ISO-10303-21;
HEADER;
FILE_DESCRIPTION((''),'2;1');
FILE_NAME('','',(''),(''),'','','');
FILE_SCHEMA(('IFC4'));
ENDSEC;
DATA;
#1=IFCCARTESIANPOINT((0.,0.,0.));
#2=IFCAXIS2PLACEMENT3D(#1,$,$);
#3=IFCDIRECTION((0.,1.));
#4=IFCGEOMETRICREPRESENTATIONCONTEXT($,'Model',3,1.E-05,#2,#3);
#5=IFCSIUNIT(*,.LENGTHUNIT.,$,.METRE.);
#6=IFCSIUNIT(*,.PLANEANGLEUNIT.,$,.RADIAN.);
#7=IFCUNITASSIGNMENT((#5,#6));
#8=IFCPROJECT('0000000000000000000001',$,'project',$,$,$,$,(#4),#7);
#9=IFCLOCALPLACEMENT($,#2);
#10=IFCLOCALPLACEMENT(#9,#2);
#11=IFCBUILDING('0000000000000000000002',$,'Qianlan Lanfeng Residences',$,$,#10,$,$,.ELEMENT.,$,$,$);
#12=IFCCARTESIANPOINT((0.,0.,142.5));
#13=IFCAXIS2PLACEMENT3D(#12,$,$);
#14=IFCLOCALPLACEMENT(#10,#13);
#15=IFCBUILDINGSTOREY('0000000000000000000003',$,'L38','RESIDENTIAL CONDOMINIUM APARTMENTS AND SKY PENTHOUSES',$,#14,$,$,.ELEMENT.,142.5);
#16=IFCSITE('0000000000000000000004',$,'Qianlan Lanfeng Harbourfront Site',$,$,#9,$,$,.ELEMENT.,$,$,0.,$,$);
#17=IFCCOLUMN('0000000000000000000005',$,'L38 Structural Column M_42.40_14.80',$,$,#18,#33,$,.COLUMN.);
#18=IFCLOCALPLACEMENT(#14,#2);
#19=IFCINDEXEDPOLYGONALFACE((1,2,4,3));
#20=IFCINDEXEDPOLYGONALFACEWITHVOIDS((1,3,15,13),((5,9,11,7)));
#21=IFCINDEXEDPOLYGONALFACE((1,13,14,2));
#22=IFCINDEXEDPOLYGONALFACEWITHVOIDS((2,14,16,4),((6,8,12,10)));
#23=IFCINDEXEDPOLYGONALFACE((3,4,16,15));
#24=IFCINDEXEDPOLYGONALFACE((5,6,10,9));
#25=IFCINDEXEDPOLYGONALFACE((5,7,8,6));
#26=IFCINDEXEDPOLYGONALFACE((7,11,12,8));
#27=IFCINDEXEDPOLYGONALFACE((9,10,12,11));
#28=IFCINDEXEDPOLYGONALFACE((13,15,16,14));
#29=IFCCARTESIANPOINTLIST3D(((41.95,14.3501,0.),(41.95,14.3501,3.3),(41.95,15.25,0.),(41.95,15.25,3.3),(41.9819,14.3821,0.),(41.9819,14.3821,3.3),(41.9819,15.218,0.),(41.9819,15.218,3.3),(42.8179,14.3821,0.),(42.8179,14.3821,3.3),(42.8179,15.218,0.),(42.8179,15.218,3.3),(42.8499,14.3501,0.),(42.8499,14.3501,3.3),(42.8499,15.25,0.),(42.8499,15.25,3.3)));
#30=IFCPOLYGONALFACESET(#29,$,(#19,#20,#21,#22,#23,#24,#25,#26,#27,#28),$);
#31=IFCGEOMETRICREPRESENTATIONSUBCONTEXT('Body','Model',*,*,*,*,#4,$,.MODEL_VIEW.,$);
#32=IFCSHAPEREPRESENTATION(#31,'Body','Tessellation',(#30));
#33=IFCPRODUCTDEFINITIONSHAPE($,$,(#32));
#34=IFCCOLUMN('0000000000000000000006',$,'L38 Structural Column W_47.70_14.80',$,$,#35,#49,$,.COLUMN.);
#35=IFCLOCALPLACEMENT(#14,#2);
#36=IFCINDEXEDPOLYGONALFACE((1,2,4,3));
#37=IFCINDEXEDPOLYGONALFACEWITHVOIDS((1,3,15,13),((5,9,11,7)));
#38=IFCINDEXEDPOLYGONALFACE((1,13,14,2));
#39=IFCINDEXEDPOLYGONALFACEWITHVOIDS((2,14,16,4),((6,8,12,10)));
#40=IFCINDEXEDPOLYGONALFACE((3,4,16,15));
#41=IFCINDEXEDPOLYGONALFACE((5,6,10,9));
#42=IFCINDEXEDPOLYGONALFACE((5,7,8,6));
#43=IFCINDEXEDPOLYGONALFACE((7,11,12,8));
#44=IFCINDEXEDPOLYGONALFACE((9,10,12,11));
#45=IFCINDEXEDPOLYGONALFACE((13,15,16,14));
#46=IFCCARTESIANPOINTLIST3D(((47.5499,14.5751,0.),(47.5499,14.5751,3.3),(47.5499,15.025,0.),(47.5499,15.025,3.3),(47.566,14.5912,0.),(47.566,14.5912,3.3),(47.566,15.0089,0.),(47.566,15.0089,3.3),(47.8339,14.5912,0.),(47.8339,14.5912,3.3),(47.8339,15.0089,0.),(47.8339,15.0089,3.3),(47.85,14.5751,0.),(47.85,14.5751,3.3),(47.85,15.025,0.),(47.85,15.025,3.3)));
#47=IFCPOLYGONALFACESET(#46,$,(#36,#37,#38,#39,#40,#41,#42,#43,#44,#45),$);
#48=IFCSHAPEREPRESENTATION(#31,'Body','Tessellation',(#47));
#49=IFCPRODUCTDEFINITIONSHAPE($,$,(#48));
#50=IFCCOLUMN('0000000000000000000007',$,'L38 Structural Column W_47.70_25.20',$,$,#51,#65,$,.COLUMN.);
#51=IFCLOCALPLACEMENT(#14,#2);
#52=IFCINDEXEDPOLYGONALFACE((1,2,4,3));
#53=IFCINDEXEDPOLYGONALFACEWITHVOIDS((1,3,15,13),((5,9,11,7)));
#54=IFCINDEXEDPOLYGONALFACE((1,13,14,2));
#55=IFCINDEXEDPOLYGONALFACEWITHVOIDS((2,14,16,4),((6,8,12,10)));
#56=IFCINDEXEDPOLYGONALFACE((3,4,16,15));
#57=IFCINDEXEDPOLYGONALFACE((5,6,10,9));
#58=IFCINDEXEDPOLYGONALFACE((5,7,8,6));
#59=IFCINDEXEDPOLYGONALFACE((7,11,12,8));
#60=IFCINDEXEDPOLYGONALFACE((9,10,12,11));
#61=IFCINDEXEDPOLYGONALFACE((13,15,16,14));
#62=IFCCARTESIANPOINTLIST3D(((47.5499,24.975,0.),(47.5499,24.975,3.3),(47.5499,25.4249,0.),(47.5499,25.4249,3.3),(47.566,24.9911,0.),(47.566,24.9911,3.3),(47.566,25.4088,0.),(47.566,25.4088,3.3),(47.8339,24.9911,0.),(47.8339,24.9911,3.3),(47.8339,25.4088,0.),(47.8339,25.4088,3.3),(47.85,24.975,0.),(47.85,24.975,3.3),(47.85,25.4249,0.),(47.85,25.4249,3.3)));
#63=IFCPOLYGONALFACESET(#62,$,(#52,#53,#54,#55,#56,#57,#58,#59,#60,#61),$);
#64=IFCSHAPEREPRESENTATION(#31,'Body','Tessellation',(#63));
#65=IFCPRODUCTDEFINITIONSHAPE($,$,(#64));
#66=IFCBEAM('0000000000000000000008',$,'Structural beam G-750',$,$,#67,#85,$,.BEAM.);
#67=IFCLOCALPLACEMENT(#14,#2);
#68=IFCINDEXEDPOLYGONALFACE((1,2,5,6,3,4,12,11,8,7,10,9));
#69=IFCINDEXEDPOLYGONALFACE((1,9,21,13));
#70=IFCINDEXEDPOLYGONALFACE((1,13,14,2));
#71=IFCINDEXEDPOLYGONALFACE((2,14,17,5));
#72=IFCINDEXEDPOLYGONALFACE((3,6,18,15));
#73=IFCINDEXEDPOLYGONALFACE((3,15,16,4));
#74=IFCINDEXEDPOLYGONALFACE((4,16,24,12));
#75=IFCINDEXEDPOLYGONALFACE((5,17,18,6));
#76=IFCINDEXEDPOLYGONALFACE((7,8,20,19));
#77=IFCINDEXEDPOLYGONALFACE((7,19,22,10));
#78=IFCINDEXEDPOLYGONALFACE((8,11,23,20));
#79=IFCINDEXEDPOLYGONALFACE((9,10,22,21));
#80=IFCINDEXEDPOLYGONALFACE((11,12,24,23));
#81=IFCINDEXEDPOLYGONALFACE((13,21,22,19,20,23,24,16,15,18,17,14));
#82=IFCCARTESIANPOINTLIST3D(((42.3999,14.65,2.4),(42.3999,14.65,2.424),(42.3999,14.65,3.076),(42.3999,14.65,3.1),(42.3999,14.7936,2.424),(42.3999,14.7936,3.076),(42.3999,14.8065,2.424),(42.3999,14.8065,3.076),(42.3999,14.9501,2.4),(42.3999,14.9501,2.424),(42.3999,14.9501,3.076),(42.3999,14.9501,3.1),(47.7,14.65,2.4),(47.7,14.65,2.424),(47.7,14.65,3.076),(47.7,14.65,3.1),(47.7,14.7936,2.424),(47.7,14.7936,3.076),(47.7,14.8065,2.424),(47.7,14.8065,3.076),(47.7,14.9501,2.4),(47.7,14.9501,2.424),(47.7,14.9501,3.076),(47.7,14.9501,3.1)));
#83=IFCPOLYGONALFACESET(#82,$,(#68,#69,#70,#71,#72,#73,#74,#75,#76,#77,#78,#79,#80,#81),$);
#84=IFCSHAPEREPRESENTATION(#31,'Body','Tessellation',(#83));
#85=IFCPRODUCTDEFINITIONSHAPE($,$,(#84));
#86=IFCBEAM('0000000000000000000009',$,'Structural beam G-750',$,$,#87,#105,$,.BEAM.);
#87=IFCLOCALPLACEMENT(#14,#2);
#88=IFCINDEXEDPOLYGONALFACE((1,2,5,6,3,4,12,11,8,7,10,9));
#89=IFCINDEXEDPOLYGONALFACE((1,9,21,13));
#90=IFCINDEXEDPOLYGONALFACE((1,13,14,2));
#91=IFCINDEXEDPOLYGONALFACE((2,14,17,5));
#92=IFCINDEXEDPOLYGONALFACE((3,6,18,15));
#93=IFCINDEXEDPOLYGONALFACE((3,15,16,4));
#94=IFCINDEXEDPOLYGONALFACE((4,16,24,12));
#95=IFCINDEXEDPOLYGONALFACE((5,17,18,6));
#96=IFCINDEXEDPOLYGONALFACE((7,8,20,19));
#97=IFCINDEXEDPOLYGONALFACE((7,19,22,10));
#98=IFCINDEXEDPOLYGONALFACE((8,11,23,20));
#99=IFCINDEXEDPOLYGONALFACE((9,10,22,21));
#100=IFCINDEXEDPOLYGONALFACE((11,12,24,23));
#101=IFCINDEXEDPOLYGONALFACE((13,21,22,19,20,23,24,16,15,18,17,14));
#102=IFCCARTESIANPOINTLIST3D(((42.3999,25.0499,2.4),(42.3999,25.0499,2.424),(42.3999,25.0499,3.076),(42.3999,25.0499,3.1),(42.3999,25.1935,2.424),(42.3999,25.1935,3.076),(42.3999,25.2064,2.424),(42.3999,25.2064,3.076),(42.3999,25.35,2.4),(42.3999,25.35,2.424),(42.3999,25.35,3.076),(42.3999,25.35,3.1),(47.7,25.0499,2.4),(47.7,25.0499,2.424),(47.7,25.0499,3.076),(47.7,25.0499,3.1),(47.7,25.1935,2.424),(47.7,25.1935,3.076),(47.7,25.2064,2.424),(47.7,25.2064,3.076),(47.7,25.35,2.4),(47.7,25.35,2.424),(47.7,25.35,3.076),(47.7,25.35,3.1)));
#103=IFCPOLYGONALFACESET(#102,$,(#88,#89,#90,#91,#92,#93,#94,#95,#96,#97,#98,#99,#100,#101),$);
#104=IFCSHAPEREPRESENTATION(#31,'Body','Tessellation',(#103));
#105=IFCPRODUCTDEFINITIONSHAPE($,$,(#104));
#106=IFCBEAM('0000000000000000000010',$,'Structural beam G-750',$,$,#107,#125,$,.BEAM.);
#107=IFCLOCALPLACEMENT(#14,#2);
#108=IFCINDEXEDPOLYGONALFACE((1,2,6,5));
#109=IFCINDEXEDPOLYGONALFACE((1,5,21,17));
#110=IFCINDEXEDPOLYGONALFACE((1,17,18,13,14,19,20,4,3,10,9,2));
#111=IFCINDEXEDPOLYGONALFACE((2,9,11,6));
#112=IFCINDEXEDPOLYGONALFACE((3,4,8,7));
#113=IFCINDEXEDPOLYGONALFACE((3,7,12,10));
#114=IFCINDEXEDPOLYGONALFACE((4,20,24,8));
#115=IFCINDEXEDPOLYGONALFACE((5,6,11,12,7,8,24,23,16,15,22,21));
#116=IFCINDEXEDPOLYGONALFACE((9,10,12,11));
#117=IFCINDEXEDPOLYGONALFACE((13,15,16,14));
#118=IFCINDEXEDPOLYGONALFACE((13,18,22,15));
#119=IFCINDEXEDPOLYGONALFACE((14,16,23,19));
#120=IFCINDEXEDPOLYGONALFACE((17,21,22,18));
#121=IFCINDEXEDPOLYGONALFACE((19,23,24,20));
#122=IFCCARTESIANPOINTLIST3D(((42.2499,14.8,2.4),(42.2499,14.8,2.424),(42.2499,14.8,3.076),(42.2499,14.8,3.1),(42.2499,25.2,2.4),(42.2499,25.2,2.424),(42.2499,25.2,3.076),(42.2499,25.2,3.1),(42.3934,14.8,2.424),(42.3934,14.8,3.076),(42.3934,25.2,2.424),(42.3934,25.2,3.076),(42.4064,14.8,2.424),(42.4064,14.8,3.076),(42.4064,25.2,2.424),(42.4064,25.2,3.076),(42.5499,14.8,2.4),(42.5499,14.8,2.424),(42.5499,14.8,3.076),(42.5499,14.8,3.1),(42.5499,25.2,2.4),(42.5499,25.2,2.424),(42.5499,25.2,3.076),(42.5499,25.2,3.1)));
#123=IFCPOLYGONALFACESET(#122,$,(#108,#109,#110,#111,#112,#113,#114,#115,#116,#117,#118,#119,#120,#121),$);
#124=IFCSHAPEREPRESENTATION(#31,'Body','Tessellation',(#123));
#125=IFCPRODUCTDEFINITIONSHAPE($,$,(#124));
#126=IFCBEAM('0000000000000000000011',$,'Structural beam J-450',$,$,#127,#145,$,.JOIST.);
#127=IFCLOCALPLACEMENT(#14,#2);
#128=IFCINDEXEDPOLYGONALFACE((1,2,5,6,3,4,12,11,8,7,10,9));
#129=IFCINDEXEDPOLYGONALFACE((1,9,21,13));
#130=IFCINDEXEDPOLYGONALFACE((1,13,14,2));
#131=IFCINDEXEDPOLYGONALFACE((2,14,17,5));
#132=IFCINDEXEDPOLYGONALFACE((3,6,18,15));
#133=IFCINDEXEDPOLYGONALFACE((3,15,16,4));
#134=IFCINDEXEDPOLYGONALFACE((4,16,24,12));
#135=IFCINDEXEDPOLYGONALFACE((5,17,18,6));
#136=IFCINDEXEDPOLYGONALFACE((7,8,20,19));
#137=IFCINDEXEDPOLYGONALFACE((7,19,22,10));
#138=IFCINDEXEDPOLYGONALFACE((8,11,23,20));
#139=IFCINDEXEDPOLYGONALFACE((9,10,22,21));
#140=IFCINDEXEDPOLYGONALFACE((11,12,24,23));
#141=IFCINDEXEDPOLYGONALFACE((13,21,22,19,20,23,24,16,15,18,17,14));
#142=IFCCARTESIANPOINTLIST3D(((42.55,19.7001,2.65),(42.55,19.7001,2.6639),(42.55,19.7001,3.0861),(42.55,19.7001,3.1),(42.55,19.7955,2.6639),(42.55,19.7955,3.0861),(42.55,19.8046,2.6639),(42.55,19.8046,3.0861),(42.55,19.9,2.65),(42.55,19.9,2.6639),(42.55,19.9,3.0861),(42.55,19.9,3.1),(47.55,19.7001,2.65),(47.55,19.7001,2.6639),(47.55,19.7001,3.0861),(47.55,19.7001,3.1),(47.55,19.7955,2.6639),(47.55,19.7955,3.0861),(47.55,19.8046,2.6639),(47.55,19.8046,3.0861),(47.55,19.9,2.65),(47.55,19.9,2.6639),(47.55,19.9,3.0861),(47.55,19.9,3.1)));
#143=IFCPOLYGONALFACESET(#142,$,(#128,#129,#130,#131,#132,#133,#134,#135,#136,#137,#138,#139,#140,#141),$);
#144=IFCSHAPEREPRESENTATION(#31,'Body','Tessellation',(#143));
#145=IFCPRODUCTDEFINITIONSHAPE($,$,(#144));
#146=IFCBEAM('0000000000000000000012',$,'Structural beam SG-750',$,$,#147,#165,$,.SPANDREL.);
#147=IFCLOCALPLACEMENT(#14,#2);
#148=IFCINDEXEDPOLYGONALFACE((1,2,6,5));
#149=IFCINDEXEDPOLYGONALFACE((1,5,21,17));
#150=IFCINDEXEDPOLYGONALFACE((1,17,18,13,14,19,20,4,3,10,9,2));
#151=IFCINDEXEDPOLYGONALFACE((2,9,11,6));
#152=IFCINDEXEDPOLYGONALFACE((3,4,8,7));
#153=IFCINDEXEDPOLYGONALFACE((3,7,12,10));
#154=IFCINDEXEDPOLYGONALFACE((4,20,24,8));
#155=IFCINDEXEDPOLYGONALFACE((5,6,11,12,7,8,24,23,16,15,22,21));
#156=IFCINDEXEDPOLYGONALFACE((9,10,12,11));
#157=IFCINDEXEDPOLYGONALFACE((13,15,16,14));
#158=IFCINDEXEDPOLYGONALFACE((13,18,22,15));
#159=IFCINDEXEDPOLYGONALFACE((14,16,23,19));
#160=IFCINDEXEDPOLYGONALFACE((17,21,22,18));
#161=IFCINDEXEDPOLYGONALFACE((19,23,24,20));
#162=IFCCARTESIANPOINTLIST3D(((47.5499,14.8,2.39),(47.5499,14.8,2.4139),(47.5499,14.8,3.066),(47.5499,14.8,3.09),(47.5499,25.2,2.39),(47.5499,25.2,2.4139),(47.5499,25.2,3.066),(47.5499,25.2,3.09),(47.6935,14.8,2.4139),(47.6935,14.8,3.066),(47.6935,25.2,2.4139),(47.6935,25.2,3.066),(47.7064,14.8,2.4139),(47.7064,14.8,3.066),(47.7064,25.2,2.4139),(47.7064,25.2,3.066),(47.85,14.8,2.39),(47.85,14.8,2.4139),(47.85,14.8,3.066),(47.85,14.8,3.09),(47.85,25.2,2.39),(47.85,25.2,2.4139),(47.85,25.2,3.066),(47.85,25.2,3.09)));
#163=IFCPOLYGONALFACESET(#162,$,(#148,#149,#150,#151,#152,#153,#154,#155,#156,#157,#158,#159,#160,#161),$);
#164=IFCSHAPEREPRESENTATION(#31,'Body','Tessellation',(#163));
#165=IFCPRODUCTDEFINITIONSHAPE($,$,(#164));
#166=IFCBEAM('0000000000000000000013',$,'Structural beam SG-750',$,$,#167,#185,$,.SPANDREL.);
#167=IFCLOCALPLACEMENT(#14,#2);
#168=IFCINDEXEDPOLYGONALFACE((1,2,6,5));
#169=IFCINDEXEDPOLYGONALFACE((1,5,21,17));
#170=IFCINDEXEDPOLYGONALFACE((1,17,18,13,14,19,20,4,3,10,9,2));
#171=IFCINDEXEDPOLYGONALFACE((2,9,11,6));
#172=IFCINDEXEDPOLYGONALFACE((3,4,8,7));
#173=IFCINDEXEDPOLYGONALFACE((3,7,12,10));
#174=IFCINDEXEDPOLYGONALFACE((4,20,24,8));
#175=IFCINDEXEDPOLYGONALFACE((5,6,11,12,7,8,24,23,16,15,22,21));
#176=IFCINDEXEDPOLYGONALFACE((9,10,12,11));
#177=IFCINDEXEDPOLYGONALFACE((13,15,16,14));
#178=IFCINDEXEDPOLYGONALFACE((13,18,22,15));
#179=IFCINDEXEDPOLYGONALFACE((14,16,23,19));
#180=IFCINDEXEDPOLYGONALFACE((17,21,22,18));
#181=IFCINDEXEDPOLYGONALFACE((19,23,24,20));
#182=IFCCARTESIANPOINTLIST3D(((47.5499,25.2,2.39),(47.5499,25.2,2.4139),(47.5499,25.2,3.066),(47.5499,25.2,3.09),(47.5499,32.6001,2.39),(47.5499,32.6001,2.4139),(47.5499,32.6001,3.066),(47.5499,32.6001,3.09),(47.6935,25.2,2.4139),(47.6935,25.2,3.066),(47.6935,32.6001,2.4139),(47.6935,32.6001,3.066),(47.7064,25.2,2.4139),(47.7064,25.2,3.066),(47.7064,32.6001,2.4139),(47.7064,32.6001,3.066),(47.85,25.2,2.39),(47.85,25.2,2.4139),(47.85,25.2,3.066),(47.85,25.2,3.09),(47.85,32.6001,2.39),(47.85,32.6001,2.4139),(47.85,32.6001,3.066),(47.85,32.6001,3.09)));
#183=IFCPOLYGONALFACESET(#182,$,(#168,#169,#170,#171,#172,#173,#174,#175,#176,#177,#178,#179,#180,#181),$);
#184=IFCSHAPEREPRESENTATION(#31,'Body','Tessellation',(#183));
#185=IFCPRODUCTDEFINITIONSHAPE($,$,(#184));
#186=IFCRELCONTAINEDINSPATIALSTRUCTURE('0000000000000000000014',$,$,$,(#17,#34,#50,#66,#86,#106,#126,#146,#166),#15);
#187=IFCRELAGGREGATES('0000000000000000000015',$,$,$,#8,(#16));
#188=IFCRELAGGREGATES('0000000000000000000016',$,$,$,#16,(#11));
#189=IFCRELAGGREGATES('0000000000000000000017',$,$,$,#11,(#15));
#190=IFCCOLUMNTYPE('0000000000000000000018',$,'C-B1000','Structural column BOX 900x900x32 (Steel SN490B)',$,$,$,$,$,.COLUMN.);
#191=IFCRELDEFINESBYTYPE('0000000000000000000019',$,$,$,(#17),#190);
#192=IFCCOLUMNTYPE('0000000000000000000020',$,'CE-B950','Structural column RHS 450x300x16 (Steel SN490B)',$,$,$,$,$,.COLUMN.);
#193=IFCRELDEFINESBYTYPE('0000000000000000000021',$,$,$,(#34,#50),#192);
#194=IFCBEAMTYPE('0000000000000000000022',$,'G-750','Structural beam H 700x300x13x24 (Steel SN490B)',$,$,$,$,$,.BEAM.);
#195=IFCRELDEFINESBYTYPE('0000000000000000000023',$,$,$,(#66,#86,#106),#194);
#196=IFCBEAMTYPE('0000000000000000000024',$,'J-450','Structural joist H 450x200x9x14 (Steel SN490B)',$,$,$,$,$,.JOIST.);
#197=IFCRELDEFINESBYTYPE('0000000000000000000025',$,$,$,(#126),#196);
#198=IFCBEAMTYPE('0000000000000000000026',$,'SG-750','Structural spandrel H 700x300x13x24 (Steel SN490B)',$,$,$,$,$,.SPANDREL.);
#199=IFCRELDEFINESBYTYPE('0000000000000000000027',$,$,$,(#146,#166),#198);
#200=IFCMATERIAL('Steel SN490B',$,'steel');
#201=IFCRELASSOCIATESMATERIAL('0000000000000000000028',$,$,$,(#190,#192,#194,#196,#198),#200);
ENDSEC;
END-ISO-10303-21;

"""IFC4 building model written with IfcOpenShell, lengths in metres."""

from ifc_helpers import new_model, si_unit, direction, frame, origin, origin_2d, place, context, subcontext, project, spatial, hollow_rectangle, i_section, extrude, material, material_profile, profile_set, type_object, element, save


model = new_model("IFC4")

# Units and contexts
model_context = context("Model", 3, precision=1e-05, world=origin(), true_north=direction((0.0, 1.0)))
body_context = subcontext(model_context, "Body", "Model", "MODEL_VIEW")
ifc_project = project(units=[si_unit("LENGTHUNIT", "METRE"), si_unit("PLANEANGLEUNIT", "RADIAN")], contexts=[model_context])

# Site, building, storey
site_placement = place(None, origin())
site = spatial("IfcSite", under=ifc_project, at=site_placement, Name="Qianlan Lanfeng Harbourfront Site", CompositionType="ELEMENT", RefElevation=0.0)
building_placement = place(site_placement, origin())
building = spatial("IfcBuilding", under=site, at=building_placement, Name="Qianlan Lanfeng Residences", CompositionType="ELEMENT")
storey_placement = place(building_placement, frame((0.0, 0.0, 142.5)))
storey = spatial("IfcBuildingStorey", under=building, at=storey_placement, Name="L38", Description="RESIDENTIAL CONDOMINIUM APARTMENTS AND SKY PENTHOUSES", CompositionType="ELEMENT", Elevation=142.5)

# Columns
ifc_material_1 = material(Name="Steel SN490B", Category="steel")
ifc_material_profile_1 = material_profile(ifc_material_1, hollow_rectangle(XDim=0.8999, YDim=0.8999, WallThickness=0.032, at=origin_2d()), Name="BOX 900x900x32")
ifc_profile_set_1 = profile_set([ifc_material_profile_1], Name="Steel SN490B")
column_type_1 = type_object("IfcColumnType", Name="C-B1000", Description="Structural column BOX 900x900x32 (Steel SN490B)", PredefinedType="COLUMN", material=ifc_profile_set_1)
column_placement = place(storey_placement, frame((42.3999, 14.8, 0.0), z_axis=(0.0, 0.0, 1.0), x_axis=(1.0, 0.0, 0.0)))
element("IfcColumn", 1, at=column_placement, inside=storey, type_object=column_type_1, Name="L38 Structural Column M_42.40_14.80", PredefinedType="COLUMN", context=body_context, shape_type="SweptSolid", body=[
    extrude(hollow_rectangle(XDim=0.8999, YDim=0.8999, WallThickness=0.032, at=origin_2d()), origin(), (0.0, 0.0, 1.0), 3.3),
])
ifc_material_profile_2 = material_profile(ifc_material_1, hollow_rectangle(XDim=0.3, YDim=0.45, WallThickness=0.0161, at=origin_2d()), Name="RHS 450x300x16")
ifc_profile_set_2 = profile_set([ifc_material_profile_2], Name="Steel SN490B")
column_type_2 = type_object("IfcColumnType", Name="CE-B950", Description="Structural column RHS 450x300x16 (Steel SN490B)", PredefinedType="COLUMN", material=ifc_profile_set_2)
for number, where, z_axis, x_axis, name in (
    (2, (47.7, 14.8, 0.0), (0.0, 0.0, 1.0), (1.0, 0.0, 0.0), "L38 Structural Column W_47.70_14.80"),
    (3, (47.7, 25.2, 0.0), (0.0, 0.0, 1.0), (1.0, 0.0, 0.0), "L38 Structural Column W_47.70_25.20"),
):
    element("IfcColumn", number, at=place(storey_placement, frame(where, z_axis=z_axis, x_axis=x_axis)), inside=storey, type_object=column_type_2, Name=name, PredefinedType="COLUMN", context=body_context, shape_type="SweptSolid", body=[
        extrude(hollow_rectangle(XDim=0.3, YDim=0.45, WallThickness=0.0161, at=origin_2d()), origin(), (0.0, 0.0, 1.0), 3.3),
    ])

# Beams
ifc_material_profile_3 = material_profile(ifc_material_1, i_section(OverallWidth=0.3, OverallDepth=0.7, WebThickness=0.0129, FlangeThickness=0.0239, at=origin_2d()), Name="H 700x300x13x24")
ifc_profile_set_3 = profile_set([ifc_material_profile_3], Name="Steel SN490B")
beam_type_1 = type_object("IfcBeamType", Name="G-750", Description="Structural beam H 700x300x13x24 (Steel SN490B)", PredefinedType="BEAM", material=ifc_profile_set_3)
for number, where, z_axis, x_axis, name in (
    (4, (42.3999, 14.8, 2.75), (1.0, 0.0, 0.0), (0.0, 1.0, 0.0), "Structural beam G-750"),
    (5, (42.3999, 25.2, 2.75), (1.0, 0.0, 0.0), (0.0, 1.0, 0.0), "Structural beam G-750"),
):
    element("IfcBeam", number, at=place(storey_placement, frame(where, z_axis=z_axis, x_axis=x_axis)), inside=storey, type_object=beam_type_1, Name=name, PredefinedType="BEAM", context=body_context, shape_type="SweptSolid", body=[
        extrude(i_section(OverallWidth=0.3, OverallDepth=0.7, WebThickness=0.0129, FlangeThickness=0.0239, at=origin_2d()), origin(), (0.0, 0.0, 1.0), 5.3),
    ])
beam_1_placement = place(storey_placement, frame((42.3999, 14.8, 2.75), z_axis=(0.0, 1.0, 0.0), x_axis=(-1.0, 0.0, 0.0)))
element("IfcBeam", 6, at=beam_1_placement, inside=storey, type_object=beam_type_1, Name="Structural beam G-750", PredefinedType="BEAM", context=body_context, shape_type="SweptSolid", body=[
    extrude(i_section(OverallWidth=0.3, OverallDepth=0.7, WebThickness=0.0129, FlangeThickness=0.0239, at=origin_2d()), origin(), (0.0, 0.0, 1.0), 10.3999),
])
ifc_material_profile_4 = material_profile(ifc_material_1, i_section(OverallWidth=0.2, OverallDepth=0.45, WebThickness=0.009, FlangeThickness=0.0139, at=origin_2d()), Name="H 450x200x9x14")
ifc_profile_set_4 = profile_set([ifc_material_profile_4], Name="Steel SN490B")
beam_type_2 = type_object("IfcBeamType", Name="J-450", Description="Structural joist H 450x200x9x14 (Steel SN490B)", PredefinedType="JOIST", material=ifc_profile_set_4)
beam_2_placement = place(storey_placement, frame((42.55, 19.8, 2.875), z_axis=(1.0, 0.0, 0.0), x_axis=(0.0, 1.0, 0.0)))
element("IfcBeam", 7, at=beam_2_placement, inside=storey, type_object=beam_type_2, Name="Structural beam J-450", PredefinedType="JOIST", context=body_context, shape_type="SweptSolid", body=[
    extrude(i_section(OverallWidth=0.2, OverallDepth=0.45, WebThickness=0.009, FlangeThickness=0.0139, at=origin_2d()), origin(), (0.0, 0.0, 1.0), 5.0),
])
ifc_material_profile_5 = material_profile(ifc_material_1, i_section(OverallWidth=0.3, OverallDepth=0.7, WebThickness=0.0129, FlangeThickness=0.0239, at=origin_2d()), Name="H 700x300x13x24")
ifc_profile_set_5 = profile_set([ifc_material_profile_5], Name="Steel SN490B")
beam_type_3 = type_object("IfcBeamType", Name="SG-750", Description="Structural spandrel H 700x300x13x24 (Steel SN490B)", PredefinedType="SPANDREL", material=ifc_profile_set_5)
beam_3_placement = place(storey_placement, frame((47.7, 14.8, 2.74), z_axis=(0.0, 1.0, 0.0), x_axis=(-1.0, 0.0, 0.0)))
element("IfcBeam", 8, at=beam_3_placement, inside=storey, type_object=beam_type_3, Name="Structural beam SG-750", PredefinedType="SPANDREL", context=body_context, shape_type="SweptSolid", body=[
    extrude(i_section(OverallWidth=0.3, OverallDepth=0.7, WebThickness=0.0129, FlangeThickness=0.0239, at=origin_2d()), origin(), (0.0, 0.0, 1.0), 10.3999),
])
beam_4_placement = place(storey_placement, frame((47.7, 25.2, 2.74), z_axis=(0.0, 1.0, 0.0), x_axis=(-1.0, 0.0, 0.0)))
element("IfcBeam", 9, at=beam_4_placement, inside=storey, type_object=beam_type_3, Name="Structural beam SG-750", PredefinedType="SPANDREL", context=body_context, shape_type="SweptSolid", body=[
    extrude(i_section(OverallWidth=0.3, OverallDepth=0.7, WebThickness=0.0129, FlangeThickness=0.0239, at=origin_2d()), origin(), (0.0, 0.0, 1.0), 7.4001),
])

save(model, "model.ifc")
